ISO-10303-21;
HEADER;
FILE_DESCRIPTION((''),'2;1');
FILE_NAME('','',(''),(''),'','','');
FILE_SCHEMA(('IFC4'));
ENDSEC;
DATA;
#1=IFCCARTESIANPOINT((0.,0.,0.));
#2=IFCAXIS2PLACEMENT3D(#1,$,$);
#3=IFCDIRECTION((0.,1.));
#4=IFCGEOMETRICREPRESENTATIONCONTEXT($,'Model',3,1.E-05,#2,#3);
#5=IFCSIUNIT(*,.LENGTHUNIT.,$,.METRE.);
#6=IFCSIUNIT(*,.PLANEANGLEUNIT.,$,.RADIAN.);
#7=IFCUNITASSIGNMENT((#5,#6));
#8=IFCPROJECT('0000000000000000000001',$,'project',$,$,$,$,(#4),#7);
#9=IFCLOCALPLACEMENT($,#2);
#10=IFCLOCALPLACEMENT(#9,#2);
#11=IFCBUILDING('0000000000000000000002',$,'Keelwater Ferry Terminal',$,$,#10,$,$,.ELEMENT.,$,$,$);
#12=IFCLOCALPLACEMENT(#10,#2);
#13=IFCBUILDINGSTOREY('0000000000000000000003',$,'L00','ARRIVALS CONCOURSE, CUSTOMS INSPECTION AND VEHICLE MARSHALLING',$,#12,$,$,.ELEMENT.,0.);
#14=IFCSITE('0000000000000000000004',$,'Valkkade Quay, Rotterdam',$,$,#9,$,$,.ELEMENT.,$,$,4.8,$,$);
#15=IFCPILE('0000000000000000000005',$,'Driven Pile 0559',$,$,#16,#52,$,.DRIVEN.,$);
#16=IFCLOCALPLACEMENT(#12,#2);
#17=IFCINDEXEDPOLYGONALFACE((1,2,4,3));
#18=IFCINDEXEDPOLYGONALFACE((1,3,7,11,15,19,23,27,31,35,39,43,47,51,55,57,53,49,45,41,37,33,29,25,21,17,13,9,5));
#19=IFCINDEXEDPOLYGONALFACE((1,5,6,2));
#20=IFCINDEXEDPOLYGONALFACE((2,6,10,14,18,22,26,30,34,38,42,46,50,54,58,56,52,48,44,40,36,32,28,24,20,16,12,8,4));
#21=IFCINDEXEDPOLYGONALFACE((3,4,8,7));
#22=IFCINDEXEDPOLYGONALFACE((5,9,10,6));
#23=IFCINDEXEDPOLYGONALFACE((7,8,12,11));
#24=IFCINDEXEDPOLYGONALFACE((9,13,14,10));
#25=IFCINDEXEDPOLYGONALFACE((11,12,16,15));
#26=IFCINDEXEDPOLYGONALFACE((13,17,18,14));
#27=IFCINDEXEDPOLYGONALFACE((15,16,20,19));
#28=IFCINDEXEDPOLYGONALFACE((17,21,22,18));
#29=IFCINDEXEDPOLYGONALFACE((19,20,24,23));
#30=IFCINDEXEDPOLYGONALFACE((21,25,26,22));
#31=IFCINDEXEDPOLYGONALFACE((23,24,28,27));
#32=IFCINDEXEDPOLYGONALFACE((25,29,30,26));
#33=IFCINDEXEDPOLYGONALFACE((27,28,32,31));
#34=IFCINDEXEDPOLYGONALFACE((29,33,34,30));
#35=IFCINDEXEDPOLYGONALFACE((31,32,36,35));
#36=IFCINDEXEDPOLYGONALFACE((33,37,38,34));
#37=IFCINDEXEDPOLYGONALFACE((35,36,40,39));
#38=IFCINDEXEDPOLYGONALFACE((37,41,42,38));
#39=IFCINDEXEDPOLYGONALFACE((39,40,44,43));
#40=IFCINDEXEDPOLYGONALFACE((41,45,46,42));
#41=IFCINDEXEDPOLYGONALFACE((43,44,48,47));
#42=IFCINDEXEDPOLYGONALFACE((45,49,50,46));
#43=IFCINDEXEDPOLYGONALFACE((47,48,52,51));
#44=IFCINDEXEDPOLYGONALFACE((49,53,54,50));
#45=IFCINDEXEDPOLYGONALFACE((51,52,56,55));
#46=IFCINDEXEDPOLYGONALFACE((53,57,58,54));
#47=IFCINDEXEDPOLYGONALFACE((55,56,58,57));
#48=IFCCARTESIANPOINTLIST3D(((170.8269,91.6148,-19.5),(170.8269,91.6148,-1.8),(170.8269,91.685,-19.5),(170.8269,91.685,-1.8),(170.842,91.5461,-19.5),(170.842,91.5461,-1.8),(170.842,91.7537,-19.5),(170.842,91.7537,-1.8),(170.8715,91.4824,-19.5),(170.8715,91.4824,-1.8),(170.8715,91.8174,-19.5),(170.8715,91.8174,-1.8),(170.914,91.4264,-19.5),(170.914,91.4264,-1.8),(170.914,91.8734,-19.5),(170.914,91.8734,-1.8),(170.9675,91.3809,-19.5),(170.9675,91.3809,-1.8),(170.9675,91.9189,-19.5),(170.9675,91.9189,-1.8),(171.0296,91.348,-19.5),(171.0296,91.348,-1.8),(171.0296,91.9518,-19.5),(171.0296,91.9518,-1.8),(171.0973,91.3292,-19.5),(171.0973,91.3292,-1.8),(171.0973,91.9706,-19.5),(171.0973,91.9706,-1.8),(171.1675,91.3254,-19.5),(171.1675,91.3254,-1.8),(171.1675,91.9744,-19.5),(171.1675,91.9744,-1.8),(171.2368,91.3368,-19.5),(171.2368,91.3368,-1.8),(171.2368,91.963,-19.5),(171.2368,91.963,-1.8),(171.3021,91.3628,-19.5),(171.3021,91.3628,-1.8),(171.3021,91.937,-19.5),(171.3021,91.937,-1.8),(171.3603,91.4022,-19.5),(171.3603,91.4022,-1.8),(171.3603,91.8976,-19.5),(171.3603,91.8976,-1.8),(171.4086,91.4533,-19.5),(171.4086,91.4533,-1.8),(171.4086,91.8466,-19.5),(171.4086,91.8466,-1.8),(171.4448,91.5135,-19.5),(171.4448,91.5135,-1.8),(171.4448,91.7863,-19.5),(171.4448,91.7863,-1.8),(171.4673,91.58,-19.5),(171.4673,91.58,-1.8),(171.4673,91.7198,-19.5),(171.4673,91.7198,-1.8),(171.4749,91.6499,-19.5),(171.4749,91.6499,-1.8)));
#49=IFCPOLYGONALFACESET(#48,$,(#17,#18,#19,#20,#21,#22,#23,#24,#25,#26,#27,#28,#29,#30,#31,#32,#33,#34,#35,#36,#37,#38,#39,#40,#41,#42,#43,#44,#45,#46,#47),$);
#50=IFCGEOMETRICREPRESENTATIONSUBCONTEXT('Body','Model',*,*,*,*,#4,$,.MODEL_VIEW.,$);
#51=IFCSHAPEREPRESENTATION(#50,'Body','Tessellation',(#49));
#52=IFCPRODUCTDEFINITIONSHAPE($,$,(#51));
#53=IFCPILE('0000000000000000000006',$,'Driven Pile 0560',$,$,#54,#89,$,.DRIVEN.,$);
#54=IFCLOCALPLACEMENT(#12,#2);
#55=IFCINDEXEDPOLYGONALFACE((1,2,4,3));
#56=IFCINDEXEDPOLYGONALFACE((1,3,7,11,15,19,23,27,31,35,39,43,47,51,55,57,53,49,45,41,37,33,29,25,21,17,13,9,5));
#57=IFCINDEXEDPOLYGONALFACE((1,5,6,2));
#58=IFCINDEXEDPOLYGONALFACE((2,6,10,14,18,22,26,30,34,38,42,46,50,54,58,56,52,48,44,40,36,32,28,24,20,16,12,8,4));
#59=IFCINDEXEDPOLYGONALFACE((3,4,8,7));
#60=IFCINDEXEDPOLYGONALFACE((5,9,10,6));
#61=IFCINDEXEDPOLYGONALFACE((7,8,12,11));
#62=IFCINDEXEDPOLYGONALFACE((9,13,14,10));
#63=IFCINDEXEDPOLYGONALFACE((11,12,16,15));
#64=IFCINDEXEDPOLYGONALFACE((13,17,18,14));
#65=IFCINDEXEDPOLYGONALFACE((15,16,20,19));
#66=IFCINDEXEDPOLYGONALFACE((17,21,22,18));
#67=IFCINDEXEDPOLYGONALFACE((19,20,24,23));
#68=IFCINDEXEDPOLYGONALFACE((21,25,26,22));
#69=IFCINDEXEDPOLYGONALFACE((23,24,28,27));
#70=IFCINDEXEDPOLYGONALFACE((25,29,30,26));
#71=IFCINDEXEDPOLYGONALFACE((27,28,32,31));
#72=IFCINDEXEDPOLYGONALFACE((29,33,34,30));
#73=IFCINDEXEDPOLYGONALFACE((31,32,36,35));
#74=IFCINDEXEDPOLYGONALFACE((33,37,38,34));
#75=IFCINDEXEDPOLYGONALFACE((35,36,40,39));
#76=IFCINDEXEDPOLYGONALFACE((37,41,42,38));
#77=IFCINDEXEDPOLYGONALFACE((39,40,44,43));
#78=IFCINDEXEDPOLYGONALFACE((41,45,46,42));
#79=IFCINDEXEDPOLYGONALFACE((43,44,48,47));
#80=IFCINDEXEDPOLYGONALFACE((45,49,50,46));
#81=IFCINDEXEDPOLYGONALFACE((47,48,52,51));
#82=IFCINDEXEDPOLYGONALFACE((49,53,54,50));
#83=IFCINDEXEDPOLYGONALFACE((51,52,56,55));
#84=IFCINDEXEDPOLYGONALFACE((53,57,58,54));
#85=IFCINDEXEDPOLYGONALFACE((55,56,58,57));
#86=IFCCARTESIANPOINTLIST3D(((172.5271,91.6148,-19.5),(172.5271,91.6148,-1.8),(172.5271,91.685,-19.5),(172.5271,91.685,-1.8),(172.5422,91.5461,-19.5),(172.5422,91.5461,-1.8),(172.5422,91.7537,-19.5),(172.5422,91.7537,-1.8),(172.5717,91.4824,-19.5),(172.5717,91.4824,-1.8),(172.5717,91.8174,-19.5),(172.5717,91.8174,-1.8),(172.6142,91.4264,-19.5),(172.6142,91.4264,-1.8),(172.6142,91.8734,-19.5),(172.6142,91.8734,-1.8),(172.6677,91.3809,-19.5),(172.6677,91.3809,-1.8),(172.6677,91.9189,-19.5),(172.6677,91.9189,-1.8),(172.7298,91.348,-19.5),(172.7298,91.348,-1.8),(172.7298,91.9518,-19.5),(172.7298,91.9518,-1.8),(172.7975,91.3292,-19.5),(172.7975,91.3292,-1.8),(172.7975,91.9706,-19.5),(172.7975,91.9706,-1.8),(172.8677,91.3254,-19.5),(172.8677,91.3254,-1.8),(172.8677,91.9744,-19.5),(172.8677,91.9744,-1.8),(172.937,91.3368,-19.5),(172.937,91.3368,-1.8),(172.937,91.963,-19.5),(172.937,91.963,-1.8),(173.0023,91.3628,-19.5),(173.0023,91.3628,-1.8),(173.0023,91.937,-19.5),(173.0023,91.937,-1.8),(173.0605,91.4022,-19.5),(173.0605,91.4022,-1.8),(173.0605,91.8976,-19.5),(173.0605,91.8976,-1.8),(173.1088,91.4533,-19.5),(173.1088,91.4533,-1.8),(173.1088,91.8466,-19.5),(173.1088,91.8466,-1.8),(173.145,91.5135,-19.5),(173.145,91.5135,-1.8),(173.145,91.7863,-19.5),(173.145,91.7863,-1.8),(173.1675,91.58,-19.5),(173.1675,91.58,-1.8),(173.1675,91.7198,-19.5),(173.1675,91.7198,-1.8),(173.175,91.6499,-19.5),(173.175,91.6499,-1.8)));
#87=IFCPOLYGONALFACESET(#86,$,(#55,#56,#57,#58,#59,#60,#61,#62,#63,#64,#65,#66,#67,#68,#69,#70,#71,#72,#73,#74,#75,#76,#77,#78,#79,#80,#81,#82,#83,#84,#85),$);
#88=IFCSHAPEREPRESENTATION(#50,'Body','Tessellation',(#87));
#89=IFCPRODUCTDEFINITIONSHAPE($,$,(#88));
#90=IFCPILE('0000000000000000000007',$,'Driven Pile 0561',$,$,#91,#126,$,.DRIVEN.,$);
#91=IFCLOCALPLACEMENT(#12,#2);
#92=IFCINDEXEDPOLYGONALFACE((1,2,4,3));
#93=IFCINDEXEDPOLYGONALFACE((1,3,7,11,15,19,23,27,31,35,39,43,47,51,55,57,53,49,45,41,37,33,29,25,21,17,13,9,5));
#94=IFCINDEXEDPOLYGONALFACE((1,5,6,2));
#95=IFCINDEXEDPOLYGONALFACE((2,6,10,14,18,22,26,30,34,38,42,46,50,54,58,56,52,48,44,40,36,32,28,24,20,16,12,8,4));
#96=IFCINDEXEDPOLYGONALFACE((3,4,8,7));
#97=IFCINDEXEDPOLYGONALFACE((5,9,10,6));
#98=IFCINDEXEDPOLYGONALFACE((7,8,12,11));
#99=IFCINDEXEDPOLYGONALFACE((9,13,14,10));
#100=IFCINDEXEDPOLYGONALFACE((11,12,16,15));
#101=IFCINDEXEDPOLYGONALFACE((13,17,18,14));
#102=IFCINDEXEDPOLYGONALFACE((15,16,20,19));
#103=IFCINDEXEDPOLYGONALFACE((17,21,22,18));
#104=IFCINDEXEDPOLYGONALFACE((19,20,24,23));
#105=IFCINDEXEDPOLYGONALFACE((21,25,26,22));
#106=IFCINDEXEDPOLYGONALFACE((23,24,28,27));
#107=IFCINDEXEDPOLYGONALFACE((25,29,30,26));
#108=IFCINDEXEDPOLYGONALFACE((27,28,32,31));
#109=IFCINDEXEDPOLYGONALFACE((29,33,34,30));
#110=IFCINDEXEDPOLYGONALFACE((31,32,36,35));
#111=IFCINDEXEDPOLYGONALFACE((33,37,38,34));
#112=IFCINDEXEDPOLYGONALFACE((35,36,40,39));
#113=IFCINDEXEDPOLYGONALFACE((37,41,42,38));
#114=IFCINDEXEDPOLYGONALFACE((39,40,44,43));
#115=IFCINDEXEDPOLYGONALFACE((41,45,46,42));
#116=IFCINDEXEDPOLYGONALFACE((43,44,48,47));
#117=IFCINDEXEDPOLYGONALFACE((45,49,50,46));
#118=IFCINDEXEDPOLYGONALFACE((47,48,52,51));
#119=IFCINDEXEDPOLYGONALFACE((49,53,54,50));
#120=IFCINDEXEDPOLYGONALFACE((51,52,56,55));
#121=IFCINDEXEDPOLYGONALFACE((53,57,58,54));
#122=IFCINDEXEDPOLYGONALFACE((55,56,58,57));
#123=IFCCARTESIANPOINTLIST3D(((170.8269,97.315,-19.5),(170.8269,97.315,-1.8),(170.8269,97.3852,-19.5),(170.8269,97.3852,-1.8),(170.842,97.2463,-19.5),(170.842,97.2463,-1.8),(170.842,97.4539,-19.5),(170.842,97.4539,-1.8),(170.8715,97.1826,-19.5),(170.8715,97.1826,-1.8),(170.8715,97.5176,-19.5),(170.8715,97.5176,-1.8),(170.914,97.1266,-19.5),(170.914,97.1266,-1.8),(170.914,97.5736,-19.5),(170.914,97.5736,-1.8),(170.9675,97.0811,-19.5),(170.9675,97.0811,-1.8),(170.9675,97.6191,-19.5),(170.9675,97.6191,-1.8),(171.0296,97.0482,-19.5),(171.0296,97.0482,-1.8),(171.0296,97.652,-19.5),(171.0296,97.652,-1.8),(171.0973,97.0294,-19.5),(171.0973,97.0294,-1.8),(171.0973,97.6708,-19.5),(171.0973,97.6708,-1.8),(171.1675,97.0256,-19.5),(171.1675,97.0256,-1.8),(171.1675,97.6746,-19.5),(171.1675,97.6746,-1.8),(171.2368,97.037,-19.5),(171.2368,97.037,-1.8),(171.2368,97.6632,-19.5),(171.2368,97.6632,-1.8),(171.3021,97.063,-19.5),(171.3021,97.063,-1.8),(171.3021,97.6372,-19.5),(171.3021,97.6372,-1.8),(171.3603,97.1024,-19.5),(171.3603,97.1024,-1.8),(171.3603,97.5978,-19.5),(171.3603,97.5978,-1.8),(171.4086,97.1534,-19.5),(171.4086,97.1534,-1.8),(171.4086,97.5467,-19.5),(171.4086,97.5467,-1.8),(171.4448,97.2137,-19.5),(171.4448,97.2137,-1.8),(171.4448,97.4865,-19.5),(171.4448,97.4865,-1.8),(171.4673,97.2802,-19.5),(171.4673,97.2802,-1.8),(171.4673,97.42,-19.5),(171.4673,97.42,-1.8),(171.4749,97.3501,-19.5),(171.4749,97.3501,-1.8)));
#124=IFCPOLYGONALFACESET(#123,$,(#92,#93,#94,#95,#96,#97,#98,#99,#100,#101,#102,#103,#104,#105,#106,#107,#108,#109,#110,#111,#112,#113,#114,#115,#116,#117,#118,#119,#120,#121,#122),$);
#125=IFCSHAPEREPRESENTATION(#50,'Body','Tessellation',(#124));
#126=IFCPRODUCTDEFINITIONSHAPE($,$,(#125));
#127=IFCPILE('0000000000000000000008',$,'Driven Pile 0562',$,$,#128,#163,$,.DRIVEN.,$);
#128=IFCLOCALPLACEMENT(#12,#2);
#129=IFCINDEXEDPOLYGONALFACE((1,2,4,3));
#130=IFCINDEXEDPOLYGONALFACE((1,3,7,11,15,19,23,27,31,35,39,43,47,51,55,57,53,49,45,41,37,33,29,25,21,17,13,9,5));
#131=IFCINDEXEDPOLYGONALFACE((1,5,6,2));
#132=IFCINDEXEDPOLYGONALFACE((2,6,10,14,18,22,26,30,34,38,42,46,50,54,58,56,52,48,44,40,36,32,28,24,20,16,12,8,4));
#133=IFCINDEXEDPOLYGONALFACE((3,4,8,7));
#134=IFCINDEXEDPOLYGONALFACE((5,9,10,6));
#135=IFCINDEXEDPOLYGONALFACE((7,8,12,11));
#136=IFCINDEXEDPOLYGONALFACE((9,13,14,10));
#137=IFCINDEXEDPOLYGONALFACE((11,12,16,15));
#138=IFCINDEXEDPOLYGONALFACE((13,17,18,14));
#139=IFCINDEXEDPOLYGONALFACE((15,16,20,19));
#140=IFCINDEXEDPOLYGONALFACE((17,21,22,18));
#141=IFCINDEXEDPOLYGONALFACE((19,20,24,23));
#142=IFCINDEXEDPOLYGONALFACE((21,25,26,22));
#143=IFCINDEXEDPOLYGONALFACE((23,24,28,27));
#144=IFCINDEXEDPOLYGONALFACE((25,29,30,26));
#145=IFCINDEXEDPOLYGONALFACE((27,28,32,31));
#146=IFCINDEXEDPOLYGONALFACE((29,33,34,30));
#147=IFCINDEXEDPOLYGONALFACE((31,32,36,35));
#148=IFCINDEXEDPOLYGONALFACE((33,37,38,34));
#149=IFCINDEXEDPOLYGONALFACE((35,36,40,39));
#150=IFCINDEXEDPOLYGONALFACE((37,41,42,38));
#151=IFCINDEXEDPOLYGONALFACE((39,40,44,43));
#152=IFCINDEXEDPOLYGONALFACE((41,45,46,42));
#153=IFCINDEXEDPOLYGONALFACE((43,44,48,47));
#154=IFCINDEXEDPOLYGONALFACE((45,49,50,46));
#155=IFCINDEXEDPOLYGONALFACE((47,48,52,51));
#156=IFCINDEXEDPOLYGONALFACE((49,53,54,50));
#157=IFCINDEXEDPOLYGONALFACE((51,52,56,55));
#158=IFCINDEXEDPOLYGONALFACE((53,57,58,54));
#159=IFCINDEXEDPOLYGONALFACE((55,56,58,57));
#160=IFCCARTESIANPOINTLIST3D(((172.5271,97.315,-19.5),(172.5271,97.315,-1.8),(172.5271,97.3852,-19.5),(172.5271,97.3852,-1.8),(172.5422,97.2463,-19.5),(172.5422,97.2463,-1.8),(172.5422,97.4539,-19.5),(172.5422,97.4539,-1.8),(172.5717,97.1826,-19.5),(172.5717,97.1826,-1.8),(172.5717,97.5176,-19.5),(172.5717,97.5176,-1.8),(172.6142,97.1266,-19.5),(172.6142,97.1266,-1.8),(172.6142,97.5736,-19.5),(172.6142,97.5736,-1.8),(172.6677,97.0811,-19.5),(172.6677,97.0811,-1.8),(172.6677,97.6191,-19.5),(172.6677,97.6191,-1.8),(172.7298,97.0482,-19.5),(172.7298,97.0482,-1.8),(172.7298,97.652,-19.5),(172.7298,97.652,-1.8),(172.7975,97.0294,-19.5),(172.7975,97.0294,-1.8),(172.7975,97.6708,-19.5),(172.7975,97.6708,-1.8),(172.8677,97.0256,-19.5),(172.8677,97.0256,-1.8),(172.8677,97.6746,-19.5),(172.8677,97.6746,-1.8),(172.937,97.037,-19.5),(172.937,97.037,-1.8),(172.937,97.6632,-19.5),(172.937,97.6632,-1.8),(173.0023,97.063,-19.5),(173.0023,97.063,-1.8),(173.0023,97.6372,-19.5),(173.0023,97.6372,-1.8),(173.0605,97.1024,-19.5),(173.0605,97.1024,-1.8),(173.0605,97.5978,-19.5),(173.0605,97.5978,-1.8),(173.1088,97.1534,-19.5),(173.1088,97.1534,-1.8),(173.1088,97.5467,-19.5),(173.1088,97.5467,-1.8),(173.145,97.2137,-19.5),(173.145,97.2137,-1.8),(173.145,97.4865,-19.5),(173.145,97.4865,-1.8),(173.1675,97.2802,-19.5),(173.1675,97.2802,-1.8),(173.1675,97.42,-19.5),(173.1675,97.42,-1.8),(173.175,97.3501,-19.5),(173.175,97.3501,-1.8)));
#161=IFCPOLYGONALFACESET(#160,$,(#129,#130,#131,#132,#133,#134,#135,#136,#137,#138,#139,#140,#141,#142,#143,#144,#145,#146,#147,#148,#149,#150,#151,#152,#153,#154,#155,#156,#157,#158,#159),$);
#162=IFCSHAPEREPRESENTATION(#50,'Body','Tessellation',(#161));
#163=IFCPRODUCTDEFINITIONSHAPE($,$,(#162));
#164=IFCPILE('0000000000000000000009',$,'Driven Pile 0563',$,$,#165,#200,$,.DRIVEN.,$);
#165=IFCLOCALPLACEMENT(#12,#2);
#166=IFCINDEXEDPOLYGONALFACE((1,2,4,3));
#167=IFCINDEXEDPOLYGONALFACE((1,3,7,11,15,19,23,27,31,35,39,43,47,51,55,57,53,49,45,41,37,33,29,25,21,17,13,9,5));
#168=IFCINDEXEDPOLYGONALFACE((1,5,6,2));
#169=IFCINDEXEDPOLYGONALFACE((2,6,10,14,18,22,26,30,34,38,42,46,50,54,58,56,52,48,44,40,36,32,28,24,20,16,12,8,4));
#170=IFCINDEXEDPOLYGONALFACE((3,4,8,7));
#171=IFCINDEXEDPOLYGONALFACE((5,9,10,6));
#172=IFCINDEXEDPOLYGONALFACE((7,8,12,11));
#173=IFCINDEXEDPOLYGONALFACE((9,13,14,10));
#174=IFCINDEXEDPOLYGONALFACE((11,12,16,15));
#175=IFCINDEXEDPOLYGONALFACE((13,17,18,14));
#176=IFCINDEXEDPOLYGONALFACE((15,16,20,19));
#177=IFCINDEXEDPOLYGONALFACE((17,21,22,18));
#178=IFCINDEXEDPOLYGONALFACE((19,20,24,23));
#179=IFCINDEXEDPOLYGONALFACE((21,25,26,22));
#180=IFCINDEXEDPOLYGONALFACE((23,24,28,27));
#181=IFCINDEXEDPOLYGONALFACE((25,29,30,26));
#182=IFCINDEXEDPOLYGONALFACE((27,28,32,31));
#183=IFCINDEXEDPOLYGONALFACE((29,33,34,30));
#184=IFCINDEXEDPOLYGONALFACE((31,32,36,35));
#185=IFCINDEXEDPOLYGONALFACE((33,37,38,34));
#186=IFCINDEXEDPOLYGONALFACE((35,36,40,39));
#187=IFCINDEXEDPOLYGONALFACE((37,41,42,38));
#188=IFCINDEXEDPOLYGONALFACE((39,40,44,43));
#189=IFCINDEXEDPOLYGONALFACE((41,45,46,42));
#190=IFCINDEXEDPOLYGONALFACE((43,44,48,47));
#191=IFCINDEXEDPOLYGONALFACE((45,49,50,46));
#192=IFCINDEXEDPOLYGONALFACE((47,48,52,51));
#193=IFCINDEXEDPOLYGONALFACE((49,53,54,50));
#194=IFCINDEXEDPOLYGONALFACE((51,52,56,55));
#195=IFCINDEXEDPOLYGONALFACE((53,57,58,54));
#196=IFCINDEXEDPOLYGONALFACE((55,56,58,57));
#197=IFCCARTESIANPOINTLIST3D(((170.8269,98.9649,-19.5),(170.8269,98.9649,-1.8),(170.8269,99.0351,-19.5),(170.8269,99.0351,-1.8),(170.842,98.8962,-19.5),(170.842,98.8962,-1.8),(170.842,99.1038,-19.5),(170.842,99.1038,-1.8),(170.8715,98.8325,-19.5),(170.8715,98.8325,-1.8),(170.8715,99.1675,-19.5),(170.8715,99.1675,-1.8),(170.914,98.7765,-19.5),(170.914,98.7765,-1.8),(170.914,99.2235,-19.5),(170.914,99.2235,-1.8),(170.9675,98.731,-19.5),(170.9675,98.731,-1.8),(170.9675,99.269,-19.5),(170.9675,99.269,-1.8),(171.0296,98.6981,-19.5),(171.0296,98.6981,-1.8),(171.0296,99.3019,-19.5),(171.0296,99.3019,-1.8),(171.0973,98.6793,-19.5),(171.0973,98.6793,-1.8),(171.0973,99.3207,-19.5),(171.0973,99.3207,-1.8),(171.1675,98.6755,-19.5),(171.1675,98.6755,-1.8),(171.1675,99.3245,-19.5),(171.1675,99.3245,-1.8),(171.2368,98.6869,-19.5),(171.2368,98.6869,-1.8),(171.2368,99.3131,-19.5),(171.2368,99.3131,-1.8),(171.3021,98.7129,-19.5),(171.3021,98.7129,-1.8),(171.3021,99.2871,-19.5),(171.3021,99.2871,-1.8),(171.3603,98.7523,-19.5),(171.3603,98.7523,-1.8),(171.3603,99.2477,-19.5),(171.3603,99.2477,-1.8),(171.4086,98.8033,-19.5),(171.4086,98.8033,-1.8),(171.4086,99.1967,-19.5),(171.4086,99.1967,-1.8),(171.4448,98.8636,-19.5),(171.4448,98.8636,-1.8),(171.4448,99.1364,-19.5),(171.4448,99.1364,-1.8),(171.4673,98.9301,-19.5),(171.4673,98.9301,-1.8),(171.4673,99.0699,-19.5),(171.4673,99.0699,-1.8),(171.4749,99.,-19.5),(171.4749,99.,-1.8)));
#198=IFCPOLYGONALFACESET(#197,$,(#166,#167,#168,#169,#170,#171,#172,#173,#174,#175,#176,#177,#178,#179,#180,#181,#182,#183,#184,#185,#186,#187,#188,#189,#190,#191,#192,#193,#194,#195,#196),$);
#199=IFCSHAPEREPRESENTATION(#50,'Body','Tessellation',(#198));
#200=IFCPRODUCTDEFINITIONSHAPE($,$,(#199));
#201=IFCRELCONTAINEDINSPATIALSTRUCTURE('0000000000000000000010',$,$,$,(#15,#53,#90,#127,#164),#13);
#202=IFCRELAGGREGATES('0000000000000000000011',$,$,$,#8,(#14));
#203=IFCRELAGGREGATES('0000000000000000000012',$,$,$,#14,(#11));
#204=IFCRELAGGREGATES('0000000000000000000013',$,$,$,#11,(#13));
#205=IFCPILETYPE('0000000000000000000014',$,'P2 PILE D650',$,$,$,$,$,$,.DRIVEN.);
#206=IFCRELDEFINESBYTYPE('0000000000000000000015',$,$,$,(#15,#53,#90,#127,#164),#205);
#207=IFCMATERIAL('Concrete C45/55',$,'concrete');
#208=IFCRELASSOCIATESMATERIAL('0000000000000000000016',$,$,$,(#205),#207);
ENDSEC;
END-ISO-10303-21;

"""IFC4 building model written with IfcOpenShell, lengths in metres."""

from ifc_helpers import new_model, si_unit, direction, frame, origin, origin_2d, place, context, subcontext, project, spatial, circle, extrude, material, material_profile, profile_set, type_object, element, save


model = new_model("IFC4")

# Units and contexts
model_context = context("Model", 3, precision=1e-05, world=origin(), true_north=direction((0.0, 1.0)))
body_context = subcontext(model_context, "Body", "Model", "MODEL_VIEW")
ifc_project = project(units=[si_unit("LENGTHUNIT", "METRE"), si_unit("PLANEANGLEUNIT", "RADIAN")], contexts=[model_context])

# Site, building, storey
site_placement = place(None, origin())
site = spatial("IfcSite", under=ifc_project, at=site_placement, Name="Valkkade Quay, Rotterdam", CompositionType="ELEMENT", RefElevation=4.8)
building_placement = place(site_placement, origin())
building = spatial("IfcBuilding", under=site, at=building_placement, Name="Keelwater Ferry Terminal", CompositionType="ELEMENT")
storey_placement = place(building_placement, origin())
storey = spatial("IfcBuildingStorey", under=building, at=storey_placement, Name="L00", Description="ARRIVALS CONCOURSE, CUSTOMS INSPECTION AND VEHICLE MARSHALLING", CompositionType="ELEMENT", Elevation=0.0)

# Piles
ifc_material_1 = material(Name="Concrete C45/55", Category="concrete")
ifc_material_profile_1 = material_profile(ifc_material_1, circle(Radius=0.325, at=origin_2d()), Name="PILE D650")
ifc_profile_set_1 = profile_set([ifc_material_profile_1], Name="Concrete C45/55")
pile_type = type_object("IfcPileType", Name="P2 PILE D650", PredefinedType="DRIVEN", material=ifc_profile_set_1)
for number, where, z_axis, x_axis, name in (
    (1, (171.1499, 91.6499, -1.8), (0.0, 0.0, -1.0), (1.0, 0.0, 0.0), "Driven Pile 0559"),
    (2, (172.8501, 91.6499, -1.8), (0.0, 0.0, -1.0), (1.0, 0.0, 0.0), "Driven Pile 0560"),
    (3, (171.1499, 97.3501, -1.8), (0.0, 0.0, -1.0), (1.0, 0.0, 0.0), "Driven Pile 0561"),
    (4, (172.8501, 97.3501, -1.8), (0.0, 0.0, -1.0), (1.0, 0.0, 0.0), "Driven Pile 0562"),
    (5, (171.1499, 99.0, -1.8), (0.0, 0.0, -1.0), (1.0, 0.0, 0.0), "Driven Pile 0563"),
):
    element("IfcPile", number, at=place(storey_placement, frame(where, z_axis=z_axis, x_axis=x_axis)), inside=storey, type_object=pile_type, Name=name, PredefinedType="DRIVEN", context=body_context, shape_type="SweptSolid", body=[
        extrude(circle(Radius=0.325, at=origin_2d()), origin(), (0.0, 0.0, 1.0), 17.7),
    ])

save(model, "model.ifc")
